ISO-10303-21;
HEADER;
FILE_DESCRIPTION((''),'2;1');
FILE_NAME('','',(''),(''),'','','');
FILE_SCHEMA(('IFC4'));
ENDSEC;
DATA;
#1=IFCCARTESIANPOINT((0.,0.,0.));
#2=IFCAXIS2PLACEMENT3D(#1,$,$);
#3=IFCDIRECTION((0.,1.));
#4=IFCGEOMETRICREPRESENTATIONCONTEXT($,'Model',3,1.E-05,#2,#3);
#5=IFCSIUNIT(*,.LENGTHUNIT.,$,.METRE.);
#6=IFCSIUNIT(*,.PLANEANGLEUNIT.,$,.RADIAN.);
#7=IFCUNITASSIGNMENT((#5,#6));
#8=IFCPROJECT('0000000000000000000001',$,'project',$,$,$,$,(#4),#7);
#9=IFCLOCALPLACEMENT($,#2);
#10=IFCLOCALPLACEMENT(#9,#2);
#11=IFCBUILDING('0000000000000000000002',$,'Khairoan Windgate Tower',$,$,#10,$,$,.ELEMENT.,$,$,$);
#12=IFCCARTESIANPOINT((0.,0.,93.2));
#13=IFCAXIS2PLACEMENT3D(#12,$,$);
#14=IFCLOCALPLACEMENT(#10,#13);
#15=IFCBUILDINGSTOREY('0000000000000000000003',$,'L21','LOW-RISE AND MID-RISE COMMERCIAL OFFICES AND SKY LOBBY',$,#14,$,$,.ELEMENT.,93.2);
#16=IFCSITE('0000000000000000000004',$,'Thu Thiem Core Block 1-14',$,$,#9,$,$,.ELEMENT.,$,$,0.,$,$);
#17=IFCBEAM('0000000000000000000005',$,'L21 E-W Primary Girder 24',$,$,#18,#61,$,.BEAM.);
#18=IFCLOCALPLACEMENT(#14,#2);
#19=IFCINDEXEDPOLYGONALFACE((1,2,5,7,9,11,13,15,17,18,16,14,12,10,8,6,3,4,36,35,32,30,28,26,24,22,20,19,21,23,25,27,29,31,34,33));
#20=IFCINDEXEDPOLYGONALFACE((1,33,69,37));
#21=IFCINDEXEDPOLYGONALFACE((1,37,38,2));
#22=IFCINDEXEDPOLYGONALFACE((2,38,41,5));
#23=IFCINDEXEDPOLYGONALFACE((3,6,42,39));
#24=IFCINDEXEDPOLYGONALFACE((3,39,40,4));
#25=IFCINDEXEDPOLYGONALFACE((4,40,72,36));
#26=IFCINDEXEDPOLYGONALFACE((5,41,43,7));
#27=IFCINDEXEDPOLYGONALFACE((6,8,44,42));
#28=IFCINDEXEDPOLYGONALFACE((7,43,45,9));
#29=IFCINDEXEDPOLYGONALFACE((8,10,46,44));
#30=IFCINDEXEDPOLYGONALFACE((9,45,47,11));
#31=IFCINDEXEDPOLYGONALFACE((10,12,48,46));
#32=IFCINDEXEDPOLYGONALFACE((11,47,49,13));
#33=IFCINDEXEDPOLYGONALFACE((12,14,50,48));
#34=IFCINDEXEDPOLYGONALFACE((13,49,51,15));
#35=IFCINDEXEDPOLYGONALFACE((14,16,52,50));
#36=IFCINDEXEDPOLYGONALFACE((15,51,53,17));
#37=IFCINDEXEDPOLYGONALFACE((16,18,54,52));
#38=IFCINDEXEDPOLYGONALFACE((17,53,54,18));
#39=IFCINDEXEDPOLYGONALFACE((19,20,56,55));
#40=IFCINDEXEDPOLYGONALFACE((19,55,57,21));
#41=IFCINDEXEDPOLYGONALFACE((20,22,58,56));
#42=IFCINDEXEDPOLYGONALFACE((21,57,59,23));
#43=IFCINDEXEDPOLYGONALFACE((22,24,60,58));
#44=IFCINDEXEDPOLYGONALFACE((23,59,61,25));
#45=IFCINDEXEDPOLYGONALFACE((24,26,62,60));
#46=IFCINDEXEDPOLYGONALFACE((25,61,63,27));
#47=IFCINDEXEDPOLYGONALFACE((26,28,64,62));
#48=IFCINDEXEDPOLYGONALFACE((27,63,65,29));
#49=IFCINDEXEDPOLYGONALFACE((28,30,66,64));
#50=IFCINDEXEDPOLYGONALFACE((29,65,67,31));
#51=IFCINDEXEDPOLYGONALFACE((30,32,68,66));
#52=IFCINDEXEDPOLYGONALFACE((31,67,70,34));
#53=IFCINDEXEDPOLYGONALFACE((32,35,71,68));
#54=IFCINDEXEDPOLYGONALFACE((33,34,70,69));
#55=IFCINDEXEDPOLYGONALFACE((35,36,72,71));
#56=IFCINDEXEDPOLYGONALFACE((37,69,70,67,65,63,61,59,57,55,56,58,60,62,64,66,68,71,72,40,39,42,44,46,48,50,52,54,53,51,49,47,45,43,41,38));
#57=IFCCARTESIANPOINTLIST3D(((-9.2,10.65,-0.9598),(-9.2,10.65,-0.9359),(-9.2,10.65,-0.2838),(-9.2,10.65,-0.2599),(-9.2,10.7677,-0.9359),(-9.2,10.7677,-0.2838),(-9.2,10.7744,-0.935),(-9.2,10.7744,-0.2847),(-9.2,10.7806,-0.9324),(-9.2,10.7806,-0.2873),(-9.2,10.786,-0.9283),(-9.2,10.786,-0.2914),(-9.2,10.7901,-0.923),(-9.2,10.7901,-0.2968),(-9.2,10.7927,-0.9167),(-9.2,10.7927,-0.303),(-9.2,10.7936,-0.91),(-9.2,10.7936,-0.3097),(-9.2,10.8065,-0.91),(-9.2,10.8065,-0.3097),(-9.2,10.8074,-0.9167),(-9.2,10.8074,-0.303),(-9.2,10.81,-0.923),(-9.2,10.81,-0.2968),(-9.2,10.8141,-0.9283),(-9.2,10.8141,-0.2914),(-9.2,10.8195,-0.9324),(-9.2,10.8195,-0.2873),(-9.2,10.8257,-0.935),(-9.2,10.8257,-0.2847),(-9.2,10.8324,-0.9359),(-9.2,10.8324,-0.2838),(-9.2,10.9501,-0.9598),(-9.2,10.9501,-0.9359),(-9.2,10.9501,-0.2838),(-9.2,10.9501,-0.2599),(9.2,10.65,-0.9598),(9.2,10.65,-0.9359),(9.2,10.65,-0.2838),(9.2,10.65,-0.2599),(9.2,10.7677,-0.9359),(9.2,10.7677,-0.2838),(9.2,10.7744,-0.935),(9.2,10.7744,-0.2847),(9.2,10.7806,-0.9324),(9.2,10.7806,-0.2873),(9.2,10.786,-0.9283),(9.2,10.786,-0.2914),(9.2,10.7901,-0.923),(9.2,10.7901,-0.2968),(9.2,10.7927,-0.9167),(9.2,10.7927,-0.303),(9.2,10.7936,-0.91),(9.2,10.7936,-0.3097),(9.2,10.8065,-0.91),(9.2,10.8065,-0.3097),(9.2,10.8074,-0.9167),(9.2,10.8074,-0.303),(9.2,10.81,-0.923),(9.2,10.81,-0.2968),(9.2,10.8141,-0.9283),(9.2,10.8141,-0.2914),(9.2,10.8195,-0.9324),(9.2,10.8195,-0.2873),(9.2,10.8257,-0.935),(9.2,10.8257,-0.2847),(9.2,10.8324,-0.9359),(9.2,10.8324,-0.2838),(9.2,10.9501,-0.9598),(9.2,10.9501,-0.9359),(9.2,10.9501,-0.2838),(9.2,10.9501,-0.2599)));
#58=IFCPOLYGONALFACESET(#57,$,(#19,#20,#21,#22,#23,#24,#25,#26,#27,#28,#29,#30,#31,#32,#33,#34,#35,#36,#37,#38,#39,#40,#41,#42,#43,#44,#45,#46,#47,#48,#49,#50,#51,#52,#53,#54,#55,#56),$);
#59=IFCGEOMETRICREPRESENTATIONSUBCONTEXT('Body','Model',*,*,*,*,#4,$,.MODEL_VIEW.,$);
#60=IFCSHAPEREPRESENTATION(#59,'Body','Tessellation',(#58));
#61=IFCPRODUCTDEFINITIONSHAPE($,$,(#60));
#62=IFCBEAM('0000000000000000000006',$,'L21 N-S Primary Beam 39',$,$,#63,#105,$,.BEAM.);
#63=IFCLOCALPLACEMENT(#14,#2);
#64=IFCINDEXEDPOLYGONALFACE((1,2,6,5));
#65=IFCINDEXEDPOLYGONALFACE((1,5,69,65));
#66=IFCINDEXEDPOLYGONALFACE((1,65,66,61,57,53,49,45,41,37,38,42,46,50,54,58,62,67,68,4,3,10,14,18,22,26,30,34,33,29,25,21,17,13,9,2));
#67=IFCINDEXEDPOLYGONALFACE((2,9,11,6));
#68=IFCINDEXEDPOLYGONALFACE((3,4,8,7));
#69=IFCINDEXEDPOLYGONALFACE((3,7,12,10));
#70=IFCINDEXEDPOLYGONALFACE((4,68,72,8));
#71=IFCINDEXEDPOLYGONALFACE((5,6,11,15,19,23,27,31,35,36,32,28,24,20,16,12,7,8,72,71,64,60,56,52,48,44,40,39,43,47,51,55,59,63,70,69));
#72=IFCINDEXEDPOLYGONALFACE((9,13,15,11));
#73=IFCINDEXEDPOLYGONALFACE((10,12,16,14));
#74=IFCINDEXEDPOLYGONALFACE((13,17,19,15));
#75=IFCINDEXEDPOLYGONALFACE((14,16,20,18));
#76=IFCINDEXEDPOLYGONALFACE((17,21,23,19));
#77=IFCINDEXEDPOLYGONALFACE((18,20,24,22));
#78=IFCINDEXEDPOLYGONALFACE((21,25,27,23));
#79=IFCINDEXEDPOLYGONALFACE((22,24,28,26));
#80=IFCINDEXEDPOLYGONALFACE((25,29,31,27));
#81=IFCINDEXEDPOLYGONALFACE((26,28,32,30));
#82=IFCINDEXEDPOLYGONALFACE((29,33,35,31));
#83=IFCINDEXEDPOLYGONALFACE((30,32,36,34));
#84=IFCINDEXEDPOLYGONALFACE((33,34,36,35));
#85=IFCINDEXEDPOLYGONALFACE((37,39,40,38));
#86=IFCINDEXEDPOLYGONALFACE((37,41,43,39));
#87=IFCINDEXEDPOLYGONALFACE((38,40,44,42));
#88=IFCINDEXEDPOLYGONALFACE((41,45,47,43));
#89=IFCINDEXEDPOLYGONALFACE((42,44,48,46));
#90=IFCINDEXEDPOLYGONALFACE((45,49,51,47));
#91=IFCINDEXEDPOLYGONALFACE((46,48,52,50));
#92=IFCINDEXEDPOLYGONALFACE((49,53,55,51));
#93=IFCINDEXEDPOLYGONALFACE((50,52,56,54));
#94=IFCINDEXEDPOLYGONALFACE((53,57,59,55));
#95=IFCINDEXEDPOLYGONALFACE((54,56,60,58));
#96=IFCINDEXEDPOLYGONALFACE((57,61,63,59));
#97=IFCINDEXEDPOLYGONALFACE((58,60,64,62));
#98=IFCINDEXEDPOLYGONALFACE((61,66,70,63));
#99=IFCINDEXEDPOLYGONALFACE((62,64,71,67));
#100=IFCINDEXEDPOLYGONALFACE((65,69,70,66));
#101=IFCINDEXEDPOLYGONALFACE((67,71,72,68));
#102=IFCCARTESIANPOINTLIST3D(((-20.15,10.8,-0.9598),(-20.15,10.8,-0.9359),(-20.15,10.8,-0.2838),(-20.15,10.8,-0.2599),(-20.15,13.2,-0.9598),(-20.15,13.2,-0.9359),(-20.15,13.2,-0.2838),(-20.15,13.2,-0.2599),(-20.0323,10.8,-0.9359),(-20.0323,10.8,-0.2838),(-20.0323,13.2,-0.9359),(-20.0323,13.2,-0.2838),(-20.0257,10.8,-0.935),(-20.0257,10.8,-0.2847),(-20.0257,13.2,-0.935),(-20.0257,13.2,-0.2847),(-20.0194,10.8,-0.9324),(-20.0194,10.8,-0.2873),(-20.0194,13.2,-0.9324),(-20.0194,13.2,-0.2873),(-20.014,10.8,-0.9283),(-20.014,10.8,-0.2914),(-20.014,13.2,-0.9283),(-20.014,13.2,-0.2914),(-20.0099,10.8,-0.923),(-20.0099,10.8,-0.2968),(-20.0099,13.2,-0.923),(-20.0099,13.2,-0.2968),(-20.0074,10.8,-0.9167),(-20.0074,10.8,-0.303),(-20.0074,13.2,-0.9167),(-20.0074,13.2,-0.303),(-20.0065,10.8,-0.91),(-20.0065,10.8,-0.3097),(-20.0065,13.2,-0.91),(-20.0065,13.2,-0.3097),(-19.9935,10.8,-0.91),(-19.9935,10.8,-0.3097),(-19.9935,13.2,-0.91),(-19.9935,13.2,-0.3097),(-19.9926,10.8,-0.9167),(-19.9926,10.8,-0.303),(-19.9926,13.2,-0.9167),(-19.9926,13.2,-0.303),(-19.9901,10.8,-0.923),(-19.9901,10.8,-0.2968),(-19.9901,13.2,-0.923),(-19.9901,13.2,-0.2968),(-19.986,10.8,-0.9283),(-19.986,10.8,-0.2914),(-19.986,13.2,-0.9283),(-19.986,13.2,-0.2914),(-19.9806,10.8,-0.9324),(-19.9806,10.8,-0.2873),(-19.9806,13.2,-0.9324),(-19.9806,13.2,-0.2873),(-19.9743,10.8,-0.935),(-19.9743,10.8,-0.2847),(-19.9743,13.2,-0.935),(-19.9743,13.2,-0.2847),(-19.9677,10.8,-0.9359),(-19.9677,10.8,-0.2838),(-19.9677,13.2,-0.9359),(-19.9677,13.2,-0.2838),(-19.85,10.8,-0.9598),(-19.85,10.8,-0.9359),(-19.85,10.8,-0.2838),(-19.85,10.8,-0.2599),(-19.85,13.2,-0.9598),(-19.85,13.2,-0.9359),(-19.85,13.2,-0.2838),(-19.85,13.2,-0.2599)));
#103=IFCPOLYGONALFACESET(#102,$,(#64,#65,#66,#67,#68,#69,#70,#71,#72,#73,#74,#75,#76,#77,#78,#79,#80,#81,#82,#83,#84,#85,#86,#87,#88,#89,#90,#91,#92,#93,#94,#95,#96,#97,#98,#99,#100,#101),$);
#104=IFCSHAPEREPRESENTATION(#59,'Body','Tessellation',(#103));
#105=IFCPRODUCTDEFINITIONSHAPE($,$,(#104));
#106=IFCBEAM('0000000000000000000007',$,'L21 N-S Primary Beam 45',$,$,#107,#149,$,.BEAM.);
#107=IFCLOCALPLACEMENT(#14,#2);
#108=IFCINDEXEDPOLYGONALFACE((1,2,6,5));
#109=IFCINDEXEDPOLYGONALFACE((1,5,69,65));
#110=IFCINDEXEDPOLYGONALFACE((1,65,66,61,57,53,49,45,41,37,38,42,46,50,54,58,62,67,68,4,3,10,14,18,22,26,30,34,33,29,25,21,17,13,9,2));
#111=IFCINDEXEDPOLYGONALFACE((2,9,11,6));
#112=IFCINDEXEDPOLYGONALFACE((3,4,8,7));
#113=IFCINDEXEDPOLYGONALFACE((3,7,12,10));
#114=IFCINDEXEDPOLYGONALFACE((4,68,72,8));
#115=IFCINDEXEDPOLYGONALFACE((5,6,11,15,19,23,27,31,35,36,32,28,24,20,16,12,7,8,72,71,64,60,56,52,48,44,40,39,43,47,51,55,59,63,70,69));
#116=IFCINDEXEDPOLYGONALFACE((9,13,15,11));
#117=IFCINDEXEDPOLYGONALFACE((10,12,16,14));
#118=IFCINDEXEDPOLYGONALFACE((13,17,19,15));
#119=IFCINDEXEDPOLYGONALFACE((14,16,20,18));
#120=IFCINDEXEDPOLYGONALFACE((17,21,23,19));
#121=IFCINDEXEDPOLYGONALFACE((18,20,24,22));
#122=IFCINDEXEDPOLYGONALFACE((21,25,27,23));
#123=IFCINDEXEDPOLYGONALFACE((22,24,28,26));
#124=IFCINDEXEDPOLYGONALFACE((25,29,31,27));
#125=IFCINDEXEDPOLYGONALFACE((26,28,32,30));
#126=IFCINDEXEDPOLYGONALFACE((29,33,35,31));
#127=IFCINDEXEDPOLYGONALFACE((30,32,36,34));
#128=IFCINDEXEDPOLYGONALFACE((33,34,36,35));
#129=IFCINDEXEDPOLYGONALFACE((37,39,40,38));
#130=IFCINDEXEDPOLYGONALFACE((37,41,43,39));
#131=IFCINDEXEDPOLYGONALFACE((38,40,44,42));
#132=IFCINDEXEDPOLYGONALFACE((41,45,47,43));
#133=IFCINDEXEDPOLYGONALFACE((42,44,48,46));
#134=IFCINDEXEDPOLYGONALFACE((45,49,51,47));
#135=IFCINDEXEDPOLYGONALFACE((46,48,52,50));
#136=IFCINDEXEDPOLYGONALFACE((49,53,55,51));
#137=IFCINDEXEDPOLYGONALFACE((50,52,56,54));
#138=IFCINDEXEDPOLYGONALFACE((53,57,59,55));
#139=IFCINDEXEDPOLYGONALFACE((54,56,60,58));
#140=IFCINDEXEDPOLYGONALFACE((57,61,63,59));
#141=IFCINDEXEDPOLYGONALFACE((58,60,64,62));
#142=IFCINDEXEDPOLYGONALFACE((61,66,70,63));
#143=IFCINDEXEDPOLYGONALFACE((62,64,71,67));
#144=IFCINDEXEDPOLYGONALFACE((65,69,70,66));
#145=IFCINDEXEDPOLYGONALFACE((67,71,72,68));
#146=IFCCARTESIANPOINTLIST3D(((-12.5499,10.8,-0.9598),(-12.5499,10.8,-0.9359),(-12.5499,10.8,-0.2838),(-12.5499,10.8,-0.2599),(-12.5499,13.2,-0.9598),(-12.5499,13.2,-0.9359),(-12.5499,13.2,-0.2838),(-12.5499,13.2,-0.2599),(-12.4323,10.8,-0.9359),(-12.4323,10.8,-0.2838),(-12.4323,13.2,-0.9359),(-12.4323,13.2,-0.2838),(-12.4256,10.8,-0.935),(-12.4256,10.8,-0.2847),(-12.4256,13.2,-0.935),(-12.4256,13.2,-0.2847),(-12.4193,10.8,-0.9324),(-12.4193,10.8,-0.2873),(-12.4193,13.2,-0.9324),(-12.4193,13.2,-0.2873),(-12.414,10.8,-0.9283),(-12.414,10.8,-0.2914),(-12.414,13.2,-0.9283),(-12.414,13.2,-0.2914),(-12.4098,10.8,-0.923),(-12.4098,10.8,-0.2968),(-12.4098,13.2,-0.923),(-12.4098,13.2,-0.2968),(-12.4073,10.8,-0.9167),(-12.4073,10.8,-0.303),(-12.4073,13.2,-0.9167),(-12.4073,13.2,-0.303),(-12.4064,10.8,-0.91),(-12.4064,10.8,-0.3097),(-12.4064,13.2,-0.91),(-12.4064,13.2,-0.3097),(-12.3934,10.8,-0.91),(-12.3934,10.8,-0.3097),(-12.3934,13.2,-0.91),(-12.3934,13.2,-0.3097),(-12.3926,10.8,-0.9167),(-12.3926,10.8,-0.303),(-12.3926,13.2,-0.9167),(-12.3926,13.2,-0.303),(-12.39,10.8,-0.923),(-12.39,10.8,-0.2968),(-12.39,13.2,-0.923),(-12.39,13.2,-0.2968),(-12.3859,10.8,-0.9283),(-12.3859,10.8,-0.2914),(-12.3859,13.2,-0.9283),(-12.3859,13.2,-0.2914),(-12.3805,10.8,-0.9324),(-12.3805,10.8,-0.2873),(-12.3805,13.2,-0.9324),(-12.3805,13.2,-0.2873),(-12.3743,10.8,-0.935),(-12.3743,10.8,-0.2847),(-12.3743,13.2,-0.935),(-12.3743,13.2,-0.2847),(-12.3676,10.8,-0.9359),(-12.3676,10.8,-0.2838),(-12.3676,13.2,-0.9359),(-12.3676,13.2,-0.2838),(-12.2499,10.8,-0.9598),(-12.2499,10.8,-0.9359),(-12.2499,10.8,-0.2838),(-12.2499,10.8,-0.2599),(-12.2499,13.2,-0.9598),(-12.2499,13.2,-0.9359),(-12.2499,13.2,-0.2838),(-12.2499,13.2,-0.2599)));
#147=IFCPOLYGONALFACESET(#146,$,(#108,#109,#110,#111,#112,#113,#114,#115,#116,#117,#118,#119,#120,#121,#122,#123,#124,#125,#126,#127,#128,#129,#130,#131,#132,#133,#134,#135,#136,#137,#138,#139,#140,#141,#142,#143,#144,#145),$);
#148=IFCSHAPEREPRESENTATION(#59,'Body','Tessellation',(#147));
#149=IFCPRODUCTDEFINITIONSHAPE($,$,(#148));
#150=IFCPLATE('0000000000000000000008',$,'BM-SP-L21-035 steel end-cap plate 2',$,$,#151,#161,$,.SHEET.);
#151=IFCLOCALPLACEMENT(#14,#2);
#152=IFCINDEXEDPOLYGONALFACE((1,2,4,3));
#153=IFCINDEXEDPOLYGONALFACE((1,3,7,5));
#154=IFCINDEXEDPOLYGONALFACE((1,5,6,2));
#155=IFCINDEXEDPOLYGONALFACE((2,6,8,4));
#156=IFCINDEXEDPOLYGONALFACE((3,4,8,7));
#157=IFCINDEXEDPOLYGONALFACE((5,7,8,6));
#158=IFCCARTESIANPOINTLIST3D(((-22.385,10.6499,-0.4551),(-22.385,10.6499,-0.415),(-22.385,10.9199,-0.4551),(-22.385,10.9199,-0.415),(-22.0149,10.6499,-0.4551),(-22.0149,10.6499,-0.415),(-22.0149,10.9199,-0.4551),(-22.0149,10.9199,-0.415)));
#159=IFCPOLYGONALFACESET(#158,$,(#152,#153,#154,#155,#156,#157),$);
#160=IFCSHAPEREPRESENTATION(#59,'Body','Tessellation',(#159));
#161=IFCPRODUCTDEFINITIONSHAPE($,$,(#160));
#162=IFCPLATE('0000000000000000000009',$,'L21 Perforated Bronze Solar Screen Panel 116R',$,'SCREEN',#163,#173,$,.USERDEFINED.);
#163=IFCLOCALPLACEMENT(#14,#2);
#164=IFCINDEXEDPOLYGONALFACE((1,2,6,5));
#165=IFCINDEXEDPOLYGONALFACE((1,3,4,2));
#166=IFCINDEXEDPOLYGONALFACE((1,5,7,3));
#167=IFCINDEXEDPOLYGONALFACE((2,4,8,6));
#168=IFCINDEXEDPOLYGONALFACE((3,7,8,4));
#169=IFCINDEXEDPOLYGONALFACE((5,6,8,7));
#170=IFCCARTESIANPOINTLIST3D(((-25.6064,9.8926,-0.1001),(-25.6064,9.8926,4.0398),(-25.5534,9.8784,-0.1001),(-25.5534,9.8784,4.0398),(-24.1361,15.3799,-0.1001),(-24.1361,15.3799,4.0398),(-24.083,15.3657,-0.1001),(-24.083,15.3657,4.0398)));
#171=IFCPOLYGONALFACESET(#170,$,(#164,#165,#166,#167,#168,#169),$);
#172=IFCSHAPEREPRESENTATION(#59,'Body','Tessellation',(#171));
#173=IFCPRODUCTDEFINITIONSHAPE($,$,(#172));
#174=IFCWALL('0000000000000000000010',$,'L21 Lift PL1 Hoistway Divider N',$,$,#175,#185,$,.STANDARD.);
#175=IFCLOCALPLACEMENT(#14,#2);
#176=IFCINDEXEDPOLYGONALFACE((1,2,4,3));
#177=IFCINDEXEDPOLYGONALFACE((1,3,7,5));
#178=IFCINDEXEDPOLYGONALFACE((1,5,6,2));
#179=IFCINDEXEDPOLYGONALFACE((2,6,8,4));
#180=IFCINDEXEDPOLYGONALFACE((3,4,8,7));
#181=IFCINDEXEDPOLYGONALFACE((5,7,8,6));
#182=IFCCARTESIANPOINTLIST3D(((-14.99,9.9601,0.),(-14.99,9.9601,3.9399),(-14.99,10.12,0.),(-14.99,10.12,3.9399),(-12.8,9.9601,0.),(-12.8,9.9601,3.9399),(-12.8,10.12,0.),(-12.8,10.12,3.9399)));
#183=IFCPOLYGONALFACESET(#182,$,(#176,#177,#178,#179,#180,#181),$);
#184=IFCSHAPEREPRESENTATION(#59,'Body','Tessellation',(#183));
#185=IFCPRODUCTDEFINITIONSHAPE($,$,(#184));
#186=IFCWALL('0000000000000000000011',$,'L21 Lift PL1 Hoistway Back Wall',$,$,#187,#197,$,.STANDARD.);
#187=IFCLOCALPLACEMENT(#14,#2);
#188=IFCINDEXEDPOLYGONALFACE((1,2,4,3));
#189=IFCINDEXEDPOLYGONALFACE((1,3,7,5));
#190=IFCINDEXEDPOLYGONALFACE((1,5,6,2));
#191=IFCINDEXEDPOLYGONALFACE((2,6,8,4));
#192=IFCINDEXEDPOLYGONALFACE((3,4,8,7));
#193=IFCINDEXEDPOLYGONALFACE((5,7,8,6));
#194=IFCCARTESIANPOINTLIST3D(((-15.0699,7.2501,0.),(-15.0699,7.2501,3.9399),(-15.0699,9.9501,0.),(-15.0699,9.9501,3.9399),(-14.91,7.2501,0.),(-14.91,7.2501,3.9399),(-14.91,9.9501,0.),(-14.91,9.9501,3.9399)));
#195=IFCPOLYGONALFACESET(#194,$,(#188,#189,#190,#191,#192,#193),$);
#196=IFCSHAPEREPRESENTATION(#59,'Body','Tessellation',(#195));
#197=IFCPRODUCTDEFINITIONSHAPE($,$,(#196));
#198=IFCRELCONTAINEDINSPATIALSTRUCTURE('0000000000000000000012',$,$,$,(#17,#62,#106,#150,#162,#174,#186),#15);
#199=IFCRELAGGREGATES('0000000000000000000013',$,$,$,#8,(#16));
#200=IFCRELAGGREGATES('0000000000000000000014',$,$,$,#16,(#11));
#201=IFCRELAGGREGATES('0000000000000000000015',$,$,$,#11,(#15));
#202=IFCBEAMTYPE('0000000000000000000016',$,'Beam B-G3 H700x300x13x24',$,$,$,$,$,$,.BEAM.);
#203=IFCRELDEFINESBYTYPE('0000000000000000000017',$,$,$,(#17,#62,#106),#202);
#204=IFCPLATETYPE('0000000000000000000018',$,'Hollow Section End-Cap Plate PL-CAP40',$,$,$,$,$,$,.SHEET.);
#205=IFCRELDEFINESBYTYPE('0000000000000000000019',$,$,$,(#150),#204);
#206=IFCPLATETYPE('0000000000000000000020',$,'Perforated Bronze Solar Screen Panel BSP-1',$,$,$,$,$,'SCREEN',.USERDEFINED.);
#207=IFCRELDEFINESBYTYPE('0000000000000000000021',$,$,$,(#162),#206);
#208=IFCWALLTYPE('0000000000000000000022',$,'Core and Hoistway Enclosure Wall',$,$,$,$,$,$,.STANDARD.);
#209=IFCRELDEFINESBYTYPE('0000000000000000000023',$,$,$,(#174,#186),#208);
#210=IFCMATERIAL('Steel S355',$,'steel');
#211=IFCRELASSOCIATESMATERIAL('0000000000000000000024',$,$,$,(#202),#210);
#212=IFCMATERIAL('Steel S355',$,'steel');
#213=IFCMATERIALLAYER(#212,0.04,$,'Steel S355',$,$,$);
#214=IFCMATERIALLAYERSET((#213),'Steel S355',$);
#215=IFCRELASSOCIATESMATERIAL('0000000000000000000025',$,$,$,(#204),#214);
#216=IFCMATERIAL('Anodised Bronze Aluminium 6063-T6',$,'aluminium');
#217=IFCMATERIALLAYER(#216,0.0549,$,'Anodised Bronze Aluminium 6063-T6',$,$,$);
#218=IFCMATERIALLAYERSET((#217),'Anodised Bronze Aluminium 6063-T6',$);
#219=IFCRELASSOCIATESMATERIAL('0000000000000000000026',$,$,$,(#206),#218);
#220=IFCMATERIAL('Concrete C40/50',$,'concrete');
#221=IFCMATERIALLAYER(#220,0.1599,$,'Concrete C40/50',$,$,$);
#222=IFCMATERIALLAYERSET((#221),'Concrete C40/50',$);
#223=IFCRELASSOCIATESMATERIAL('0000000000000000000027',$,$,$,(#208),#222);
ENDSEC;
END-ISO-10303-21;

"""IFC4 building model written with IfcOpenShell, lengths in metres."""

from ifc_helpers import new_model, si_unit, direction, frame, frame_2d, origin, origin_2d, place, context, subcontext, project, spatial, rectangle, i_section, extrude, material, layer, layer_set, material_profile, profile_set, type_object, element, save


model = new_model("IFC4")

# Units and contexts
model_context = context("Model", 3, precision=1e-05, world=origin(), true_north=direction((0.0, 1.0)))
body_context = subcontext(model_context, "Body", "Model", "MODEL_VIEW")
ifc_project = project(units=[si_unit("LENGTHUNIT", "METRE"), si_unit("PLANEANGLEUNIT", "RADIAN")], contexts=[model_context])

# Site, building, storey
site_placement = place(None, origin())
site = spatial("IfcSite", under=ifc_project, at=site_placement, Name="Thu Thiem Core Block 1-14", CompositionType="ELEMENT", RefElevation=0.0)
building_placement = place(site_placement, origin())
building = spatial("IfcBuilding", under=site, at=building_placement, Name="Khairoan Windgate Tower", CompositionType="ELEMENT")
storey_placement = place(building_placement, frame((0.0, 0.0, 93.2)))
storey = spatial("IfcBuildingStorey", under=building, at=storey_placement, Name="L21", Description="LOW-RISE AND MID-RISE COMMERCIAL OFFICES AND SKY LOBBY", CompositionType="ELEMENT", Elevation=93.2)

# Beams
ifc_material_1 = material(Name="Steel S355", Category="steel")
ifc_material_profile_1 = material_profile(ifc_material_1, i_section(OverallWidth=0.3, OverallDepth=0.7, WebThickness=0.0129, FlangeThickness=0.0239, FilletRadius=0.0259, at=origin_2d()))
ifc_profile_set_1 = profile_set([ifc_material_profile_1], Name="Steel S355")
beam_type = type_object("IfcBeamType", Name="Beam B-G3 H700x300x13x24", PredefinedType="BEAM", material=ifc_profile_set_1)
beam_1_placement = place(storey_placement, frame((-9.2, 10.8, -0.6099), z_axis=(1.0, 0.0, 0.0), x_axis=(0.0, 1.0, 0.0)))
element("IfcBeam", 1, at=beam_1_placement, inside=storey, type_object=beam_type, Name="L21 E-W Primary Girder 24", PredefinedType="BEAM", context=body_context, shape_type="SweptSolid", body=[
    extrude(i_section(OverallWidth=0.3, OverallDepth=0.7, WebThickness=0.0129, FlangeThickness=0.0239, FilletRadius=0.0259, at=origin_2d()), origin(), (0.0, 0.0, 1.0), 18.3999),
])
for number, where, z_axis, x_axis, name in (
    (2, (-20.0, 10.8, -0.6099), (0.0, 1.0, 0.0), (-1.0, 0.0, 0.0), "L21 N-S Primary Beam 39"),
    (3, (-12.3999, 10.8, -0.6099), (0.0, 1.0, 0.0), (-1.0, 0.0, 0.0), "L21 N-S Primary Beam 45"),
):
    element("IfcBeam", number, at=place(storey_placement, frame(where, z_axis=z_axis, x_axis=x_axis)), inside=storey, type_object=beam_type, Name=name, PredefinedType="BEAM", context=body_context, shape_type="SweptSolid", body=[
        extrude(i_section(OverallWidth=0.3, OverallDepth=0.7, WebThickness=0.0129, FlangeThickness=0.0239, FilletRadius=0.0259, at=origin_2d()), origin(), (0.0, 0.0, 1.0), 2.3999),
    ])

# Plates
ifc_material_2 = material(Name="Steel S355", Category="steel")
ifc_layer_1 = layer(ifc_material_2, 0.04, Name="Steel S355")
ifc_layer_set_1 = layer_set([ifc_layer_1], Name="Steel S355")
plate_type_1 = type_object("IfcPlateType", Name="Hollow Section End-Cap Plate PL-CAP40", PredefinedType="SHEET", material=ifc_layer_set_1)
plate_1_placement = place(storey_placement, frame((-22.2, 10.7849, -0.4551), z_axis=(0.0, 0.0, 1.0), x_axis=(0.0, 1.0, 0.0)))
element("IfcPlate", 4, at=plate_1_placement, inside=storey, type_object=plate_type_1, Name="BM-SP-L21-035 steel end-cap plate 2", PredefinedType="SHEET", context=body_context, shape_type="SweptSolid", body=[
    extrude(rectangle(XDim=0.27, YDim=0.3701, at=origin_2d()), origin(), (0.0, 0.0, 1.0), 0.04),
])
ifc_material_3 = material(Name="Anodised Bronze Aluminium 6063-T6", Category="aluminium")
ifc_layer_2 = layer(ifc_material_3, 0.0549, Name="Anodised Bronze Aluminium 6063-T6")
ifc_layer_set_2 = layer_set([ifc_layer_2], Name="Anodised Bronze Aluminium 6063-T6")
plate_type_2 = type_object("IfcPlateType", Name="Perforated Bronze Solar Screen Panel BSP-1", ElementType="SCREEN", PredefinedType="USERDEFINED", material=ifc_layer_set_2)
plate_2_placement = place(storey_placement, frame((-24.8447, 12.6292, -0.1001), z_axis=(0.0, 0.0, 1.0), x_axis=(0.258819, 0.965926, 0.0)))
element("IfcPlate", 5, at=plate_2_placement, inside=storey, type_object=plate_type_2, Name="L21 Perforated Bronze Solar Screen Panel 116R", ObjectType="SCREEN", PredefinedType="USERDEFINED", context=body_context, shape_type="SweptSolid", body=[
    extrude(rectangle(XDim=5.6809, YDim=0.0549, at=origin_2d()), origin(), (0.0, 0.0, 1.0), 4.1399),
])

# Walls
ifc_material_4 = material(Name="Concrete C40/50", Category="concrete")
ifc_layer_3 = layer(ifc_material_4, 0.1599, Name="Concrete C40/50")
ifc_layer_set_3 = layer_set([ifc_layer_3], Name="Concrete C40/50")
wall_type_1 = type_object("IfcWallType", Name="Core and Hoistway Enclosure Wall", PredefinedType="STANDARD", material=ifc_layer_set_3)
wall_1_placement = place(storey_placement, frame((-14.99, 10.04, 0.0), z_axis=(0.0, 0.0, 1.0), x_axis=(1.0, 0.0, 0.0)))
element("IfcWall", 6, at=wall_1_placement, inside=storey, type_object=wall_type_1, Name="L21 Lift PL1 Hoistway Divider N", PredefinedType="STANDARD", context=body_context, shape_type="SweptSolid", body=[
    extrude(rectangle(XDim=2.1899, YDim=0.1599, at=frame_2d((1.095, 0.0))), origin(), (0.0, 0.0, 1.0), 3.9399),
])
wall_2_placement = place(storey_placement, frame((-14.99, 7.25, 0.0), z_axis=(0.0, 0.0, 1.0), x_axis=(0.0, 1.0, 0.0)))
element("IfcWall", 7, at=wall_2_placement, inside=storey, type_object=wall_type_1, Name="L21 Lift PL1 Hoistway Back Wall", PredefinedType="STANDARD", context=body_context, shape_type="SweptSolid", body=[
    extrude(rectangle(XDim=2.7, YDim=0.1599, at=frame_2d((1.3501, 0.0))), origin(), (0.0, 0.0, 1.0), 3.9399),
])

save(model, "model.ifc")
